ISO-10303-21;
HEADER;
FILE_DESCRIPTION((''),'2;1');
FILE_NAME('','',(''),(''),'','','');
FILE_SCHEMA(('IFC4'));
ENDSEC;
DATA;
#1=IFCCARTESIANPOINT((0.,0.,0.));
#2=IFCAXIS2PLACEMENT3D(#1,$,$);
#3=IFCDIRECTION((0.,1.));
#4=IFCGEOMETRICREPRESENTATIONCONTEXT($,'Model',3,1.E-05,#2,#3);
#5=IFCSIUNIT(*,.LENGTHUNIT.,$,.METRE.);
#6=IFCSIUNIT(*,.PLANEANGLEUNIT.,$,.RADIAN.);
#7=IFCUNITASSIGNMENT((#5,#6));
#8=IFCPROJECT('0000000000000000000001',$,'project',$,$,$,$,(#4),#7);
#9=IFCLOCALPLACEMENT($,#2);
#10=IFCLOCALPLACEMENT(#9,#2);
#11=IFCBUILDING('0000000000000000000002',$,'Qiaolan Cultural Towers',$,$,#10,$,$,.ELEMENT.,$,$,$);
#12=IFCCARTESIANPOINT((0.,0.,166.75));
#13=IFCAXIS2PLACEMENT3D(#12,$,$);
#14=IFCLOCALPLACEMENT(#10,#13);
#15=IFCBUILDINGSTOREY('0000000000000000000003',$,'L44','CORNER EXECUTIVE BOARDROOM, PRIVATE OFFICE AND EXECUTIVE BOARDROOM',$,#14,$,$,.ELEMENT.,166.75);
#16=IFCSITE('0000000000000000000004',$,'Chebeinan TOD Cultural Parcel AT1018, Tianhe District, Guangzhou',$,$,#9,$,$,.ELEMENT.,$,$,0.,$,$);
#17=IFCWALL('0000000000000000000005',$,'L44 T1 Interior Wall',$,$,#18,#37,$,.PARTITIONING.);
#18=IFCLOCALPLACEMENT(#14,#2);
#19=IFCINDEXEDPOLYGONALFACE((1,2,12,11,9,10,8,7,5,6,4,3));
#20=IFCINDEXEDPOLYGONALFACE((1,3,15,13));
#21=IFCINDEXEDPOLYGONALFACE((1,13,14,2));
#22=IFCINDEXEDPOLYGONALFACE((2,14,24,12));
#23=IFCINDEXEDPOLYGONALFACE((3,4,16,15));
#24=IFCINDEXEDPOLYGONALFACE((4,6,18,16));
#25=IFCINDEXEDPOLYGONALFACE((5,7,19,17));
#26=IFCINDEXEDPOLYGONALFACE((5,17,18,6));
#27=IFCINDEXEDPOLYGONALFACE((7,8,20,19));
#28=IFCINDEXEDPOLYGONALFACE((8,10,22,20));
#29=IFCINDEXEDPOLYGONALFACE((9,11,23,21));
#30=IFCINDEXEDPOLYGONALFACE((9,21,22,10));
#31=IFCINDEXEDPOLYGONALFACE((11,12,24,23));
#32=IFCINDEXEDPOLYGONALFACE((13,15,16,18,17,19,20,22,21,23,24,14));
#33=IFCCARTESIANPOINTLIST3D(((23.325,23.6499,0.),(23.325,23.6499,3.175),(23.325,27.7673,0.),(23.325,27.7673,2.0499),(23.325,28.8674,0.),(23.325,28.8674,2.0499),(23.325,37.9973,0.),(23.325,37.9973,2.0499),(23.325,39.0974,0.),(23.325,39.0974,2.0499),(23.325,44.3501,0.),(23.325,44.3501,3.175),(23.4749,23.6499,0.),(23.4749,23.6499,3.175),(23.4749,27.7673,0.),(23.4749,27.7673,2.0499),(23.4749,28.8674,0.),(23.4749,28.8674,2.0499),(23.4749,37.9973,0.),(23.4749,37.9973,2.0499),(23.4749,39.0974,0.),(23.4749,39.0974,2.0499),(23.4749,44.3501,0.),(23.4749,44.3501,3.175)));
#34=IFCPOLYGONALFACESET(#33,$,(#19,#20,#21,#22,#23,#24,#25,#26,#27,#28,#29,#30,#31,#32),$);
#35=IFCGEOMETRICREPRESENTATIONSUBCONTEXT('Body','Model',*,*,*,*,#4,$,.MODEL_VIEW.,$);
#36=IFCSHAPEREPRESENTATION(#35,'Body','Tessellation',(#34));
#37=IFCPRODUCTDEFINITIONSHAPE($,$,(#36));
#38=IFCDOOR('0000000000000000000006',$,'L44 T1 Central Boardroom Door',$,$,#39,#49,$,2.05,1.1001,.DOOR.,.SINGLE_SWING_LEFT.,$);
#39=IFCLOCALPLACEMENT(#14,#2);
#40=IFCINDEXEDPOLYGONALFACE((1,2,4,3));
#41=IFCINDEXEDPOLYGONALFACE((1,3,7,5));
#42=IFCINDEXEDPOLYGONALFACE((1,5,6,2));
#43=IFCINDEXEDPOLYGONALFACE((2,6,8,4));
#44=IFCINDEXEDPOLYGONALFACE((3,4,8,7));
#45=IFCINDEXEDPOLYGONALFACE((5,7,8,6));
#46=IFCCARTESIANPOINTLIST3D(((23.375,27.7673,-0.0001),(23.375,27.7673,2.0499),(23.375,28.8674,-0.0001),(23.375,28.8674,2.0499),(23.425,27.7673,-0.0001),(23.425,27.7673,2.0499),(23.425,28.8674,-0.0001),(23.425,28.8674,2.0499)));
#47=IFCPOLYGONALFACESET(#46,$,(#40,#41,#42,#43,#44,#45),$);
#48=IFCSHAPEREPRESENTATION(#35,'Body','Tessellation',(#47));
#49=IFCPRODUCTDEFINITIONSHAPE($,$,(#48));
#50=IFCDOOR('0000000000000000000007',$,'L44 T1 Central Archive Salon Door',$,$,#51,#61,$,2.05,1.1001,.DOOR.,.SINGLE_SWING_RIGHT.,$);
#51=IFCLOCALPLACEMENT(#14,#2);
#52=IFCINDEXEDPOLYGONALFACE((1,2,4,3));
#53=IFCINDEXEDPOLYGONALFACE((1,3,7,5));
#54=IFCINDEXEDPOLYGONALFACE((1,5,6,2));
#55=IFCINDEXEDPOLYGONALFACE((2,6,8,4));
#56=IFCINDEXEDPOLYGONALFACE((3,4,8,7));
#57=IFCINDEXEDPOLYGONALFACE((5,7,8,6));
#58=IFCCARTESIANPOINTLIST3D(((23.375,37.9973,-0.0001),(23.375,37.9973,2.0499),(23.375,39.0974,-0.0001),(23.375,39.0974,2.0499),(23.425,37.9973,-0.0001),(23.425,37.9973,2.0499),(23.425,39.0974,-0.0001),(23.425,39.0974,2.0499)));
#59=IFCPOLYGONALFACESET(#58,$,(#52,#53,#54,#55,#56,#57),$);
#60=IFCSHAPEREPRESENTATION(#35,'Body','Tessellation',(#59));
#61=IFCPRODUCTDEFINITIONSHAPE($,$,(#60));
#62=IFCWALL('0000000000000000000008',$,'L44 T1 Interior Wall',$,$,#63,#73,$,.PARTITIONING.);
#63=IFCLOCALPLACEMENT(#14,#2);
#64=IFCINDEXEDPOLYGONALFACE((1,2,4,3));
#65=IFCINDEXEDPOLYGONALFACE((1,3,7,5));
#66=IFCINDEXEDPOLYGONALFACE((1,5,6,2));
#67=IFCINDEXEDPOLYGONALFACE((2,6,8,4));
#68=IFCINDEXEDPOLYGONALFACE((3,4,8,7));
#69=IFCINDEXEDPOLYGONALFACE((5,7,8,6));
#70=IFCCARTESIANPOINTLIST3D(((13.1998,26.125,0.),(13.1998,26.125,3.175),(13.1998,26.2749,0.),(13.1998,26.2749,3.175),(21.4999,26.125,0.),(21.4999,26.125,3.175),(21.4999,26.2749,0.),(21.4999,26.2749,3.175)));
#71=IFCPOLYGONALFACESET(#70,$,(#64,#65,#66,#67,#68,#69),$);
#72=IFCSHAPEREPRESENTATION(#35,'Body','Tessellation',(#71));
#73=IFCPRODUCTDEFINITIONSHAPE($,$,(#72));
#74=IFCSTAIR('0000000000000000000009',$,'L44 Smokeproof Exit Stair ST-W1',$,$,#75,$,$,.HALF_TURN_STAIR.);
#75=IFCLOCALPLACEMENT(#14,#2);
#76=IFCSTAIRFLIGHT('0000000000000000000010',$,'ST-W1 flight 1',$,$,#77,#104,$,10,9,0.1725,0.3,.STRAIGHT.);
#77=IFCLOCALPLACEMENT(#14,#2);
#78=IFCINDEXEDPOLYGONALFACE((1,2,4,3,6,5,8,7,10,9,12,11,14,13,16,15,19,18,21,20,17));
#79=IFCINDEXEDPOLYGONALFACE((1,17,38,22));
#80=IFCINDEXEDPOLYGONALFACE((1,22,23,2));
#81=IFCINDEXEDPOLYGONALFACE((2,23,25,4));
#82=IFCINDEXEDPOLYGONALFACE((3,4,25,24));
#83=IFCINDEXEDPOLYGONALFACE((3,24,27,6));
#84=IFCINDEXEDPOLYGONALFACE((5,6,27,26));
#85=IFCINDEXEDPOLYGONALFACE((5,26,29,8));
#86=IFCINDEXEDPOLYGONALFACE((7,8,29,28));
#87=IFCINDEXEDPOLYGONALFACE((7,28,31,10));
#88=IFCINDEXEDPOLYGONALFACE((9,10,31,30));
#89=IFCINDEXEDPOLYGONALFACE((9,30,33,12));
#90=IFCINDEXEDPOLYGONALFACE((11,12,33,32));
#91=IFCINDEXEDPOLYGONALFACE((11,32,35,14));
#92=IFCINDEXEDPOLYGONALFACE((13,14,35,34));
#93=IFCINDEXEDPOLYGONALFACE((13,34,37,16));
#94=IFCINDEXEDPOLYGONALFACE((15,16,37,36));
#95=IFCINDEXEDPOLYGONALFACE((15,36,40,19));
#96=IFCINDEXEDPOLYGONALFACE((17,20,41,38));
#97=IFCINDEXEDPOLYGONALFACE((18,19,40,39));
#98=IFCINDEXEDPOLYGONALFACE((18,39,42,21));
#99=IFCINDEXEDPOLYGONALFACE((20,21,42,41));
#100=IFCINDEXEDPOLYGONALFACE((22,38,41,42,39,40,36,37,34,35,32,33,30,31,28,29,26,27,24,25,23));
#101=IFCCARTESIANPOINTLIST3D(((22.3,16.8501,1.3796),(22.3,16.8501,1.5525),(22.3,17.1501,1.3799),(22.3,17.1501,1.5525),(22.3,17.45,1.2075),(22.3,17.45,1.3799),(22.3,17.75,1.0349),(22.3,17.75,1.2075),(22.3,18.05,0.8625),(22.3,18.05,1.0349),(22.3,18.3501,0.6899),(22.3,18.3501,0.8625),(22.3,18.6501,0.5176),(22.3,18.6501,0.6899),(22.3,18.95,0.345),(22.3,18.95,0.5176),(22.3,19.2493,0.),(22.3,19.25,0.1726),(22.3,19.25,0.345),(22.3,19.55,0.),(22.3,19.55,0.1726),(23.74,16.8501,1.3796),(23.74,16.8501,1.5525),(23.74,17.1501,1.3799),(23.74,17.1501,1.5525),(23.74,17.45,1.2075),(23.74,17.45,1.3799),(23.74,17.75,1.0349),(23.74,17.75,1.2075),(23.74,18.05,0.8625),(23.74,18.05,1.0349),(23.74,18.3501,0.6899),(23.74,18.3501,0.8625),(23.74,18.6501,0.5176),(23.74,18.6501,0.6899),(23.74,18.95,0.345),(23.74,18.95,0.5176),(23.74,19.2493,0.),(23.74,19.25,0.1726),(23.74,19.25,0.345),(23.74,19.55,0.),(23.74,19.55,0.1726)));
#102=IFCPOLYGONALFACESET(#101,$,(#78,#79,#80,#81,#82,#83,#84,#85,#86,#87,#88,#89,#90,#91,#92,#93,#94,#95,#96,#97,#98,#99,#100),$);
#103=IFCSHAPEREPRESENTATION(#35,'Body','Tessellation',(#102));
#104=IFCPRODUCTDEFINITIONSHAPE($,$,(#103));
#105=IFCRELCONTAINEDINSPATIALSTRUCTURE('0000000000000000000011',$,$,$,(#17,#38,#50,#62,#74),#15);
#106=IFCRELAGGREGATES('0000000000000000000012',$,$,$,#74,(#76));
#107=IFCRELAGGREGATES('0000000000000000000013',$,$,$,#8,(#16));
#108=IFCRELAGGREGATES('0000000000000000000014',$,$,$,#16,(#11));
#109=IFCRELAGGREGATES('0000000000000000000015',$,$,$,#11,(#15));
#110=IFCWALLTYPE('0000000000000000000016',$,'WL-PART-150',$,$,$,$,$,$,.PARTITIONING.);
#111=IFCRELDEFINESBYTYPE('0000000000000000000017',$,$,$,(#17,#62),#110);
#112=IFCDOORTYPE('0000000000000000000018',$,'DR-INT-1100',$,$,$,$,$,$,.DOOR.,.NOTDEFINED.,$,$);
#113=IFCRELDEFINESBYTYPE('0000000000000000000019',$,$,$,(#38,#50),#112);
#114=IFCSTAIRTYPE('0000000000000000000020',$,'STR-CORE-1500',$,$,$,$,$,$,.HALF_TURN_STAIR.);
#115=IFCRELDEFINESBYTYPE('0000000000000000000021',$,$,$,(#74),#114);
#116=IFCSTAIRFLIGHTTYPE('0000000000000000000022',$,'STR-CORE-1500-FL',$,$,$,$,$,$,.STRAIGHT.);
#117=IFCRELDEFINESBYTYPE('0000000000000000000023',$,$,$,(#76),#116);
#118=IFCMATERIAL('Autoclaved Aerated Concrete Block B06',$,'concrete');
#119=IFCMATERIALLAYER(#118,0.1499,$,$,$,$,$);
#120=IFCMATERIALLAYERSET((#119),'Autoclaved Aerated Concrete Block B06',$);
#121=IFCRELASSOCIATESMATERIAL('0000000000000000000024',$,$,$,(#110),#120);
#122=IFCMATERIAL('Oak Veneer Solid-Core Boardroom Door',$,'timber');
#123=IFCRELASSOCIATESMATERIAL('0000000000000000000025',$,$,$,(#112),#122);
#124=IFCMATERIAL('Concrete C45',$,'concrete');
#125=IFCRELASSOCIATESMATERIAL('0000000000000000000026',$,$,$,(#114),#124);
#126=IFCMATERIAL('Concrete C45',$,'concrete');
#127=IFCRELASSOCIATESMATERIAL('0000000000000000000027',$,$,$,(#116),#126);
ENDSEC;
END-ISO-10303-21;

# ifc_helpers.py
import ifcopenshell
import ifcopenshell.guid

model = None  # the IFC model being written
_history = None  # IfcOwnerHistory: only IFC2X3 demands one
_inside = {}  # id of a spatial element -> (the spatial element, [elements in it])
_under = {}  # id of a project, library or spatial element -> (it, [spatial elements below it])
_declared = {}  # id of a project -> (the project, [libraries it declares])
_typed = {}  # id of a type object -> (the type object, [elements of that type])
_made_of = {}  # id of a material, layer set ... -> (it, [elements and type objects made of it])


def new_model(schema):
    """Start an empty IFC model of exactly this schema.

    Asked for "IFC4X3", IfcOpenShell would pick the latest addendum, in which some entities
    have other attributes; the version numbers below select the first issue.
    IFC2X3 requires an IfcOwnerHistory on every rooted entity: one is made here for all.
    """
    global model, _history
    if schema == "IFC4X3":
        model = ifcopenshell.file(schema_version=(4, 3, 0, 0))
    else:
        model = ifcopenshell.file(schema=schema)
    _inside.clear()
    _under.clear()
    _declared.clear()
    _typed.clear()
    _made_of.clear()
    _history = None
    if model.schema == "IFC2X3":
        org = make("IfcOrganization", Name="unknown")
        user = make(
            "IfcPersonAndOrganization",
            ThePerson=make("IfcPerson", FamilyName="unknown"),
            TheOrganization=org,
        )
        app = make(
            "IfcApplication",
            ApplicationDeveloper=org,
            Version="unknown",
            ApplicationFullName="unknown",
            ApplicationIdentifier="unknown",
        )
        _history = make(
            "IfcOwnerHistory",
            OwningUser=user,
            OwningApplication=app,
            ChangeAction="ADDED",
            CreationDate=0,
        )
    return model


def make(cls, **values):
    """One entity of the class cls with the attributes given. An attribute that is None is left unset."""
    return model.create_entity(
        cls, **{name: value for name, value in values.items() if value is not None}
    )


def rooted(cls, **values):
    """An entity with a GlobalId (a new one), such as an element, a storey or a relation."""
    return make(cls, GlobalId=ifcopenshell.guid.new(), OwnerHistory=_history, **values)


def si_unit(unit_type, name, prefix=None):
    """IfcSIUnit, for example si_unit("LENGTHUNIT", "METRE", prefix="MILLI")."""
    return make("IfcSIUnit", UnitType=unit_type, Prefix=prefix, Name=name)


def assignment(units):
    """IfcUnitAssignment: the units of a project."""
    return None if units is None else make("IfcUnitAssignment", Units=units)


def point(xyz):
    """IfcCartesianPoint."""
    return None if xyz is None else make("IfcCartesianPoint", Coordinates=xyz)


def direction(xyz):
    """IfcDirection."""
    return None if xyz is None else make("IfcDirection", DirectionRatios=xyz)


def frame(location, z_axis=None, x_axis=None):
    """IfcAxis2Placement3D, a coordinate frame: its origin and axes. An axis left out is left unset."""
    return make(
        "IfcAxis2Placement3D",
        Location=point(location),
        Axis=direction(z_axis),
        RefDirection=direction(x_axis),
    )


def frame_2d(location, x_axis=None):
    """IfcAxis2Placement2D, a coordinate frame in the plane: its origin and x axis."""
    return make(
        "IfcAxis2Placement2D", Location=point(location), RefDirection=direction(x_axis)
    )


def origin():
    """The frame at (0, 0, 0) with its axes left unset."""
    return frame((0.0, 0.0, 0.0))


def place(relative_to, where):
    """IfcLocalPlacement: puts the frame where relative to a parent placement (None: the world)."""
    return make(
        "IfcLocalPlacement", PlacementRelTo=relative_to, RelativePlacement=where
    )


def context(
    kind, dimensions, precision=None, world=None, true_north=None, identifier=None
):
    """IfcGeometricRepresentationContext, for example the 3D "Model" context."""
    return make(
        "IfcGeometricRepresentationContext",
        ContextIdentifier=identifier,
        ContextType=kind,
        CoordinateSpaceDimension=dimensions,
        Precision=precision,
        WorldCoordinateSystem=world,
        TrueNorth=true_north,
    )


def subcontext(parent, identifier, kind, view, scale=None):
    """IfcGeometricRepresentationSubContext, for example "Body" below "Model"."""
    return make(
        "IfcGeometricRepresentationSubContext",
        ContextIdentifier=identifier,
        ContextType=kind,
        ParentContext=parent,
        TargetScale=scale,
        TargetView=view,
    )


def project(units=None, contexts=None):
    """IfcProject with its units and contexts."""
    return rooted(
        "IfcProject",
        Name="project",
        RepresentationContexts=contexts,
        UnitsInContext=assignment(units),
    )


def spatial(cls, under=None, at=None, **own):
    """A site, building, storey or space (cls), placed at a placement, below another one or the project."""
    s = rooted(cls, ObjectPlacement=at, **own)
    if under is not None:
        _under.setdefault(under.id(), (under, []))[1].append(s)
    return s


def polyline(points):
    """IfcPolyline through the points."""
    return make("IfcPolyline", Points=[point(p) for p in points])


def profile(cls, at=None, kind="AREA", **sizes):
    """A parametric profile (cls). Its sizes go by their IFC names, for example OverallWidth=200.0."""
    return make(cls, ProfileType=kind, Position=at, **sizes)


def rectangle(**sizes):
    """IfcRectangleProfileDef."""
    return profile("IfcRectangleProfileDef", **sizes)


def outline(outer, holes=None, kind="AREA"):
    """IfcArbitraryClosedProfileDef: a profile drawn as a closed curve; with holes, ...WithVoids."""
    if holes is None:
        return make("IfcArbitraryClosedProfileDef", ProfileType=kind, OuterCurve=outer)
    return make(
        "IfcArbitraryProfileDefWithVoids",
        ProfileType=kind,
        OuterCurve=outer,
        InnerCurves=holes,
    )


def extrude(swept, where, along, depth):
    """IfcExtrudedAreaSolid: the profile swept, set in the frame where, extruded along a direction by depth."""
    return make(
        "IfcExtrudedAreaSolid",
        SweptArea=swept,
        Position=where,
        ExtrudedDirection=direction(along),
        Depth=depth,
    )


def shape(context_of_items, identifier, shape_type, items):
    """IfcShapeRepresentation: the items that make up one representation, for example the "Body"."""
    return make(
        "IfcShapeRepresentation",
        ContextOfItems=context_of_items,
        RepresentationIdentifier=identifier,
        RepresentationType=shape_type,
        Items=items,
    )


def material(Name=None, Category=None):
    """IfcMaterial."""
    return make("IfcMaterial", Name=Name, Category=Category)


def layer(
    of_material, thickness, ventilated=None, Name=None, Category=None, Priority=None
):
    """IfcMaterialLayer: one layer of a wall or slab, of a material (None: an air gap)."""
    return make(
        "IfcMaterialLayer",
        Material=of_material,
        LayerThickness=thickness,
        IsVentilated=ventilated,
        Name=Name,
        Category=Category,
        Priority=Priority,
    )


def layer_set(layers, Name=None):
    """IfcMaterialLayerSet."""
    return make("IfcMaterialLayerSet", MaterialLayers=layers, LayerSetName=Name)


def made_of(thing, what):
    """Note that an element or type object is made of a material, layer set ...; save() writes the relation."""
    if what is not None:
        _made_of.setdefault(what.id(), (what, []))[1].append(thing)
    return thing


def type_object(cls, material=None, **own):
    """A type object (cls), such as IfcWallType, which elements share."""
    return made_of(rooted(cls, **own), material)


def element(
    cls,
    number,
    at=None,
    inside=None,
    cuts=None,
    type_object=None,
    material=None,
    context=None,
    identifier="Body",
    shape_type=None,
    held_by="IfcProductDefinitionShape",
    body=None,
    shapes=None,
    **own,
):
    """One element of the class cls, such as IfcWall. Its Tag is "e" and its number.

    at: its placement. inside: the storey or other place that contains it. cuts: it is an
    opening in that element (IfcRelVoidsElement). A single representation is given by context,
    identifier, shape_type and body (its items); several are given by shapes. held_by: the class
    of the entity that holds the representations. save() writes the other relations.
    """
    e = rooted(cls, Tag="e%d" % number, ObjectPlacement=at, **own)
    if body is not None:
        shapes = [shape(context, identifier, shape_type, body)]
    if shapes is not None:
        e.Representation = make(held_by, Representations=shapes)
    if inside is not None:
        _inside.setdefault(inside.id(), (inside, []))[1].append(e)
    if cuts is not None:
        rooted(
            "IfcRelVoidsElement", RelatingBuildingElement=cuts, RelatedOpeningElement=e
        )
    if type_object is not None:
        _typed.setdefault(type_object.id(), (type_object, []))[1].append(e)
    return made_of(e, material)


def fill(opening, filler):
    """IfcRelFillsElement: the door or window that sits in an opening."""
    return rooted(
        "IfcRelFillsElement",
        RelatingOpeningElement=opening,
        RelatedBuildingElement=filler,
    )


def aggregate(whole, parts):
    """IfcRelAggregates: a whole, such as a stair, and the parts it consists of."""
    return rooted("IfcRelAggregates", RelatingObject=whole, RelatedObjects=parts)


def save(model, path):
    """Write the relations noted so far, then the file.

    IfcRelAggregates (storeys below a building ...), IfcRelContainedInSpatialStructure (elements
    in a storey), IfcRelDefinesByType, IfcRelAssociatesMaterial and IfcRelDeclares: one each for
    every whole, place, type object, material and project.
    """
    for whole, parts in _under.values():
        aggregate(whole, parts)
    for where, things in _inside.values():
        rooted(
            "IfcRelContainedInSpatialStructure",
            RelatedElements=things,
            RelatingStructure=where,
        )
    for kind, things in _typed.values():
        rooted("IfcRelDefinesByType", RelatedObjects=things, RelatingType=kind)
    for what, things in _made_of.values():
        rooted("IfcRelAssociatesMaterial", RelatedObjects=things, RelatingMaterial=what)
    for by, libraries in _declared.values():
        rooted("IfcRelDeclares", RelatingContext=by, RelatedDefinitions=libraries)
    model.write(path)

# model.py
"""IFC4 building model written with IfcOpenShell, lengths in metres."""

from ifc_helpers import new_model, si_unit, direction, frame, frame_2d, origin, place, context, subcontext, project, spatial, polyline, rectangle, outline, extrude, material, layer, layer_set, type_object, element, fill, aggregate, save


model = new_model("IFC4")

# Units and contexts
model_context = context("Model", 3, precision=1e-05, world=origin(), true_north=direction((0.0, 1.0)))
body_context = subcontext(model_context, "Body", "Model", "MODEL_VIEW")
ifc_project = project(units=[si_unit("LENGTHUNIT", "METRE"), si_unit("PLANEANGLEUNIT", "RADIAN")], contexts=[model_context])

# Site, building, storey
site_placement = place(None, origin())
site = spatial("IfcSite", under=ifc_project, at=site_placement, Name="Chebeinan TOD Cultural Parcel AT1018, Tianhe District, Guangzhou", CompositionType="ELEMENT", RefElevation=0.0)
building_placement = place(site_placement, origin())
building = spatial("IfcBuilding", under=site, at=building_placement, Name="Qiaolan Cultural Towers", CompositionType="ELEMENT")
storey_placement = place(building_placement, frame((0.0, 0.0, 166.75)))
storey = spatial("IfcBuildingStorey", under=building, at=storey_placement, Name="L44", Description="CORNER EXECUTIVE BOARDROOM, PRIVATE OFFICE AND EXECUTIVE BOARDROOM", CompositionType="ELEMENT", Elevation=166.75)

# Shared definitions
ifc_material_1 = material(Name="Autoclaved Aerated Concrete Block B06", Category="concrete")
ifc_layer_1 = layer(ifc_material_1, 0.1499)
ifc_layer_set_1 = layer_set([ifc_layer_1], Name="Autoclaved Aerated Concrete Block B06")
wall_type_1 = type_object("IfcWallType", Name="WL-PART-150", PredefinedType="PARTITIONING", material=ifc_layer_set_1)

# Wall, openings, doors
wall_1_placement = place(storey_placement, frame((23.3999, 23.6499, 0.0), z_axis=(0.0, 0.0, 1.0), x_axis=(0.0, 1.0, 0.0)))
wall_1 = element("IfcWall", 1, at=wall_1_placement, inside=storey, type_object=wall_type_1, Name="L44 T1 Interior Wall", PredefinedType="PARTITIONING", context=body_context, shape_type="SweptSolid", body=[
    extrude(rectangle(XDim=20.7002, YDim=0.1499, at=frame_2d((10.3501, 0.0))), origin(), (0.0, 0.0, 1.0), 3.175),
])
opening_1_placement = place(wall_1_placement, frame((4.1174, 0.0, 0.0)))
opening_1 = element("IfcOpeningElement", 2, at=opening_1_placement, cuts=wall_1, PredefinedType="OPENING", context=body_context, shape_type="SweptSolid", body=[
    extrude(rectangle(XDim=1.1001, YDim=2.05, at=frame_2d((0.55, 1.0249))), frame((0.0, 0.085, 0.0), z_axis=(0.0, -1.0, 0.0), x_axis=(1.0, 0.0, 0.0)), (0.0, 0.0, 1.0), 0.1699),
])
opening_2_placement = place(wall_1_placement, frame((14.3474, 0.0, 0.0)))
opening_2 = element("IfcOpeningElement", 3, at=opening_2_placement, cuts=wall_1, PredefinedType="OPENING", context=body_context, shape_type="SweptSolid", body=[
    extrude(rectangle(XDim=1.1001, YDim=2.05, at=frame_2d((0.55, 1.0249))), frame((0.0, 0.085, 0.0), z_axis=(0.0, -1.0, 0.0), x_axis=(1.0, 0.0, 0.0)), (0.0, 0.0, 1.0), 0.1699),
])
ifc_material_2 = material(Name="Oak Veneer Solid-Core Boardroom Door", Category="timber")
door_type_1 = type_object("IfcDoorType", Name="DR-INT-1100", OperationType="NOTDEFINED", PredefinedType="DOOR", material=ifc_material_2)
door_1_placement = place(opening_1_placement, origin())
door_1 = element("IfcDoor", 4, at=door_1_placement, inside=storey, type_object=door_type_1, Name="L44 T1 Central Boardroom Door", OperationType="SINGLE_SWING_LEFT", OverallHeight=2.05, OverallWidth=1.1001, PredefinedType="DOOR", context=body_context, shape_type="SweptSolid", body=[
    extrude(rectangle(XDim=1.1001, YDim=2.05, at=frame_2d((0.55, 1.0249))), frame((0.0, 0.0249, 0.0), z_axis=(0.0, -1.0, 0.0), x_axis=(1.0, 0.0, 0.0)), (0.0, 0.0, 1.0), 0.05),
])
fill(opening_1, door_1)
door_2_placement = place(opening_2_placement, origin())
door_2 = element("IfcDoor", 5, at=door_2_placement, inside=storey, type_object=door_type_1, Name="L44 T1 Central Archive Salon Door", OperationType="SINGLE_SWING_RIGHT", OverallHeight=2.05, OverallWidth=1.1001, PredefinedType="DOOR", context=body_context, shape_type="SweptSolid", body=[
    extrude(rectangle(XDim=1.1001, YDim=2.05, at=frame_2d((0.55, 1.0249))), frame((0.0, 0.0249, 0.0), z_axis=(0.0, -1.0, 0.0), x_axis=(1.0, 0.0, 0.0)), (0.0, 0.0, 1.0), 0.05),
])
fill(opening_2, door_2)

# Wall
wall_2_placement = place(storey_placement, frame((13.2, 26.2, 0.0), z_axis=(0.0, 0.0, 1.0), x_axis=(1.0, 0.0, 0.0)))
element("IfcWall", 6, at=wall_2_placement, inside=storey, type_object=wall_type_1, Name="L44 T1 Interior Wall", PredefinedType="PARTITIONING", context=body_context, shape_type="SweptSolid", body=[
    extrude(rectangle(XDim=8.3, YDim=0.1499, at=frame_2d((4.1499, 0.0))), origin(), (0.0, 0.0, 1.0), 3.175),
])

# Stair, stair flight
ifc_material_3 = material(Name="Concrete C45", Category="concrete")
stair_type = type_object("IfcStairType", Name="STR-CORE-1500", PredefinedType="HALF_TURN_STAIR", material=ifc_material_3)
stair_placement = place(storey_placement, origin())
stair = element("IfcStair", 7, at=stair_placement, inside=storey, type_object=stair_type, Name="L44 Smokeproof Exit Stair ST-W1", PredefinedType="HALF_TURN_STAIR")
ifc_material_4 = material(Name="Concrete C45", Category="concrete")
stair_flight_type = type_object("IfcStairFlightType", Name="STR-CORE-1500-FL", PredefinedType="STRAIGHT", material=ifc_material_4)
stair_flight_placement = place(storey_placement, frame((23.02, 19.55, 0.0), z_axis=(0.0, 0.0, 1.0), x_axis=(0.0, -1.0, 0.0)))
stair_flight = element("IfcStairFlight", 8, at=stair_flight_placement, type_object=stair_flight_type, Name="ST-W1 flight 1", NumberOfRisers=10, NumberOfTreads=9, PredefinedType="STRAIGHT", RiserHeight=0.1725, TreadLength=0.3, context=body_context, shape_type="SweptSolid", body=[
    extrude(outline(polyline([(0.0, 0.0), (0.0, 0.1726), (0.3, 0.1726), (0.3, 0.345), (0.6001, 0.345), (0.6001, 0.5176), (0.8999, 0.5176), (0.8999, 0.6899), (1.2, 0.6899), (1.2, 0.8625), (1.5, 0.8625), (1.5, 1.0349), (1.8, 1.0349), (1.8, 1.2075), (2.1001, 1.2075), (2.1001, 1.3799), (2.3999, 1.3799), (2.3999, 1.5525), (2.7, 1.5525), (2.7, 1.7251), (2.7, 1.3796), (0.3008, 0.0), (0.0, 0.0)])), frame((0.0, 0.72, 0.0), z_axis=(0.0, -1.0, 0.0), x_axis=(1.0, 0.0, 0.0)), (0.0, 0.0, 1.0), 1.4399),
])
aggregate(stair, [stair_flight])

save(model, "model.ifc")
